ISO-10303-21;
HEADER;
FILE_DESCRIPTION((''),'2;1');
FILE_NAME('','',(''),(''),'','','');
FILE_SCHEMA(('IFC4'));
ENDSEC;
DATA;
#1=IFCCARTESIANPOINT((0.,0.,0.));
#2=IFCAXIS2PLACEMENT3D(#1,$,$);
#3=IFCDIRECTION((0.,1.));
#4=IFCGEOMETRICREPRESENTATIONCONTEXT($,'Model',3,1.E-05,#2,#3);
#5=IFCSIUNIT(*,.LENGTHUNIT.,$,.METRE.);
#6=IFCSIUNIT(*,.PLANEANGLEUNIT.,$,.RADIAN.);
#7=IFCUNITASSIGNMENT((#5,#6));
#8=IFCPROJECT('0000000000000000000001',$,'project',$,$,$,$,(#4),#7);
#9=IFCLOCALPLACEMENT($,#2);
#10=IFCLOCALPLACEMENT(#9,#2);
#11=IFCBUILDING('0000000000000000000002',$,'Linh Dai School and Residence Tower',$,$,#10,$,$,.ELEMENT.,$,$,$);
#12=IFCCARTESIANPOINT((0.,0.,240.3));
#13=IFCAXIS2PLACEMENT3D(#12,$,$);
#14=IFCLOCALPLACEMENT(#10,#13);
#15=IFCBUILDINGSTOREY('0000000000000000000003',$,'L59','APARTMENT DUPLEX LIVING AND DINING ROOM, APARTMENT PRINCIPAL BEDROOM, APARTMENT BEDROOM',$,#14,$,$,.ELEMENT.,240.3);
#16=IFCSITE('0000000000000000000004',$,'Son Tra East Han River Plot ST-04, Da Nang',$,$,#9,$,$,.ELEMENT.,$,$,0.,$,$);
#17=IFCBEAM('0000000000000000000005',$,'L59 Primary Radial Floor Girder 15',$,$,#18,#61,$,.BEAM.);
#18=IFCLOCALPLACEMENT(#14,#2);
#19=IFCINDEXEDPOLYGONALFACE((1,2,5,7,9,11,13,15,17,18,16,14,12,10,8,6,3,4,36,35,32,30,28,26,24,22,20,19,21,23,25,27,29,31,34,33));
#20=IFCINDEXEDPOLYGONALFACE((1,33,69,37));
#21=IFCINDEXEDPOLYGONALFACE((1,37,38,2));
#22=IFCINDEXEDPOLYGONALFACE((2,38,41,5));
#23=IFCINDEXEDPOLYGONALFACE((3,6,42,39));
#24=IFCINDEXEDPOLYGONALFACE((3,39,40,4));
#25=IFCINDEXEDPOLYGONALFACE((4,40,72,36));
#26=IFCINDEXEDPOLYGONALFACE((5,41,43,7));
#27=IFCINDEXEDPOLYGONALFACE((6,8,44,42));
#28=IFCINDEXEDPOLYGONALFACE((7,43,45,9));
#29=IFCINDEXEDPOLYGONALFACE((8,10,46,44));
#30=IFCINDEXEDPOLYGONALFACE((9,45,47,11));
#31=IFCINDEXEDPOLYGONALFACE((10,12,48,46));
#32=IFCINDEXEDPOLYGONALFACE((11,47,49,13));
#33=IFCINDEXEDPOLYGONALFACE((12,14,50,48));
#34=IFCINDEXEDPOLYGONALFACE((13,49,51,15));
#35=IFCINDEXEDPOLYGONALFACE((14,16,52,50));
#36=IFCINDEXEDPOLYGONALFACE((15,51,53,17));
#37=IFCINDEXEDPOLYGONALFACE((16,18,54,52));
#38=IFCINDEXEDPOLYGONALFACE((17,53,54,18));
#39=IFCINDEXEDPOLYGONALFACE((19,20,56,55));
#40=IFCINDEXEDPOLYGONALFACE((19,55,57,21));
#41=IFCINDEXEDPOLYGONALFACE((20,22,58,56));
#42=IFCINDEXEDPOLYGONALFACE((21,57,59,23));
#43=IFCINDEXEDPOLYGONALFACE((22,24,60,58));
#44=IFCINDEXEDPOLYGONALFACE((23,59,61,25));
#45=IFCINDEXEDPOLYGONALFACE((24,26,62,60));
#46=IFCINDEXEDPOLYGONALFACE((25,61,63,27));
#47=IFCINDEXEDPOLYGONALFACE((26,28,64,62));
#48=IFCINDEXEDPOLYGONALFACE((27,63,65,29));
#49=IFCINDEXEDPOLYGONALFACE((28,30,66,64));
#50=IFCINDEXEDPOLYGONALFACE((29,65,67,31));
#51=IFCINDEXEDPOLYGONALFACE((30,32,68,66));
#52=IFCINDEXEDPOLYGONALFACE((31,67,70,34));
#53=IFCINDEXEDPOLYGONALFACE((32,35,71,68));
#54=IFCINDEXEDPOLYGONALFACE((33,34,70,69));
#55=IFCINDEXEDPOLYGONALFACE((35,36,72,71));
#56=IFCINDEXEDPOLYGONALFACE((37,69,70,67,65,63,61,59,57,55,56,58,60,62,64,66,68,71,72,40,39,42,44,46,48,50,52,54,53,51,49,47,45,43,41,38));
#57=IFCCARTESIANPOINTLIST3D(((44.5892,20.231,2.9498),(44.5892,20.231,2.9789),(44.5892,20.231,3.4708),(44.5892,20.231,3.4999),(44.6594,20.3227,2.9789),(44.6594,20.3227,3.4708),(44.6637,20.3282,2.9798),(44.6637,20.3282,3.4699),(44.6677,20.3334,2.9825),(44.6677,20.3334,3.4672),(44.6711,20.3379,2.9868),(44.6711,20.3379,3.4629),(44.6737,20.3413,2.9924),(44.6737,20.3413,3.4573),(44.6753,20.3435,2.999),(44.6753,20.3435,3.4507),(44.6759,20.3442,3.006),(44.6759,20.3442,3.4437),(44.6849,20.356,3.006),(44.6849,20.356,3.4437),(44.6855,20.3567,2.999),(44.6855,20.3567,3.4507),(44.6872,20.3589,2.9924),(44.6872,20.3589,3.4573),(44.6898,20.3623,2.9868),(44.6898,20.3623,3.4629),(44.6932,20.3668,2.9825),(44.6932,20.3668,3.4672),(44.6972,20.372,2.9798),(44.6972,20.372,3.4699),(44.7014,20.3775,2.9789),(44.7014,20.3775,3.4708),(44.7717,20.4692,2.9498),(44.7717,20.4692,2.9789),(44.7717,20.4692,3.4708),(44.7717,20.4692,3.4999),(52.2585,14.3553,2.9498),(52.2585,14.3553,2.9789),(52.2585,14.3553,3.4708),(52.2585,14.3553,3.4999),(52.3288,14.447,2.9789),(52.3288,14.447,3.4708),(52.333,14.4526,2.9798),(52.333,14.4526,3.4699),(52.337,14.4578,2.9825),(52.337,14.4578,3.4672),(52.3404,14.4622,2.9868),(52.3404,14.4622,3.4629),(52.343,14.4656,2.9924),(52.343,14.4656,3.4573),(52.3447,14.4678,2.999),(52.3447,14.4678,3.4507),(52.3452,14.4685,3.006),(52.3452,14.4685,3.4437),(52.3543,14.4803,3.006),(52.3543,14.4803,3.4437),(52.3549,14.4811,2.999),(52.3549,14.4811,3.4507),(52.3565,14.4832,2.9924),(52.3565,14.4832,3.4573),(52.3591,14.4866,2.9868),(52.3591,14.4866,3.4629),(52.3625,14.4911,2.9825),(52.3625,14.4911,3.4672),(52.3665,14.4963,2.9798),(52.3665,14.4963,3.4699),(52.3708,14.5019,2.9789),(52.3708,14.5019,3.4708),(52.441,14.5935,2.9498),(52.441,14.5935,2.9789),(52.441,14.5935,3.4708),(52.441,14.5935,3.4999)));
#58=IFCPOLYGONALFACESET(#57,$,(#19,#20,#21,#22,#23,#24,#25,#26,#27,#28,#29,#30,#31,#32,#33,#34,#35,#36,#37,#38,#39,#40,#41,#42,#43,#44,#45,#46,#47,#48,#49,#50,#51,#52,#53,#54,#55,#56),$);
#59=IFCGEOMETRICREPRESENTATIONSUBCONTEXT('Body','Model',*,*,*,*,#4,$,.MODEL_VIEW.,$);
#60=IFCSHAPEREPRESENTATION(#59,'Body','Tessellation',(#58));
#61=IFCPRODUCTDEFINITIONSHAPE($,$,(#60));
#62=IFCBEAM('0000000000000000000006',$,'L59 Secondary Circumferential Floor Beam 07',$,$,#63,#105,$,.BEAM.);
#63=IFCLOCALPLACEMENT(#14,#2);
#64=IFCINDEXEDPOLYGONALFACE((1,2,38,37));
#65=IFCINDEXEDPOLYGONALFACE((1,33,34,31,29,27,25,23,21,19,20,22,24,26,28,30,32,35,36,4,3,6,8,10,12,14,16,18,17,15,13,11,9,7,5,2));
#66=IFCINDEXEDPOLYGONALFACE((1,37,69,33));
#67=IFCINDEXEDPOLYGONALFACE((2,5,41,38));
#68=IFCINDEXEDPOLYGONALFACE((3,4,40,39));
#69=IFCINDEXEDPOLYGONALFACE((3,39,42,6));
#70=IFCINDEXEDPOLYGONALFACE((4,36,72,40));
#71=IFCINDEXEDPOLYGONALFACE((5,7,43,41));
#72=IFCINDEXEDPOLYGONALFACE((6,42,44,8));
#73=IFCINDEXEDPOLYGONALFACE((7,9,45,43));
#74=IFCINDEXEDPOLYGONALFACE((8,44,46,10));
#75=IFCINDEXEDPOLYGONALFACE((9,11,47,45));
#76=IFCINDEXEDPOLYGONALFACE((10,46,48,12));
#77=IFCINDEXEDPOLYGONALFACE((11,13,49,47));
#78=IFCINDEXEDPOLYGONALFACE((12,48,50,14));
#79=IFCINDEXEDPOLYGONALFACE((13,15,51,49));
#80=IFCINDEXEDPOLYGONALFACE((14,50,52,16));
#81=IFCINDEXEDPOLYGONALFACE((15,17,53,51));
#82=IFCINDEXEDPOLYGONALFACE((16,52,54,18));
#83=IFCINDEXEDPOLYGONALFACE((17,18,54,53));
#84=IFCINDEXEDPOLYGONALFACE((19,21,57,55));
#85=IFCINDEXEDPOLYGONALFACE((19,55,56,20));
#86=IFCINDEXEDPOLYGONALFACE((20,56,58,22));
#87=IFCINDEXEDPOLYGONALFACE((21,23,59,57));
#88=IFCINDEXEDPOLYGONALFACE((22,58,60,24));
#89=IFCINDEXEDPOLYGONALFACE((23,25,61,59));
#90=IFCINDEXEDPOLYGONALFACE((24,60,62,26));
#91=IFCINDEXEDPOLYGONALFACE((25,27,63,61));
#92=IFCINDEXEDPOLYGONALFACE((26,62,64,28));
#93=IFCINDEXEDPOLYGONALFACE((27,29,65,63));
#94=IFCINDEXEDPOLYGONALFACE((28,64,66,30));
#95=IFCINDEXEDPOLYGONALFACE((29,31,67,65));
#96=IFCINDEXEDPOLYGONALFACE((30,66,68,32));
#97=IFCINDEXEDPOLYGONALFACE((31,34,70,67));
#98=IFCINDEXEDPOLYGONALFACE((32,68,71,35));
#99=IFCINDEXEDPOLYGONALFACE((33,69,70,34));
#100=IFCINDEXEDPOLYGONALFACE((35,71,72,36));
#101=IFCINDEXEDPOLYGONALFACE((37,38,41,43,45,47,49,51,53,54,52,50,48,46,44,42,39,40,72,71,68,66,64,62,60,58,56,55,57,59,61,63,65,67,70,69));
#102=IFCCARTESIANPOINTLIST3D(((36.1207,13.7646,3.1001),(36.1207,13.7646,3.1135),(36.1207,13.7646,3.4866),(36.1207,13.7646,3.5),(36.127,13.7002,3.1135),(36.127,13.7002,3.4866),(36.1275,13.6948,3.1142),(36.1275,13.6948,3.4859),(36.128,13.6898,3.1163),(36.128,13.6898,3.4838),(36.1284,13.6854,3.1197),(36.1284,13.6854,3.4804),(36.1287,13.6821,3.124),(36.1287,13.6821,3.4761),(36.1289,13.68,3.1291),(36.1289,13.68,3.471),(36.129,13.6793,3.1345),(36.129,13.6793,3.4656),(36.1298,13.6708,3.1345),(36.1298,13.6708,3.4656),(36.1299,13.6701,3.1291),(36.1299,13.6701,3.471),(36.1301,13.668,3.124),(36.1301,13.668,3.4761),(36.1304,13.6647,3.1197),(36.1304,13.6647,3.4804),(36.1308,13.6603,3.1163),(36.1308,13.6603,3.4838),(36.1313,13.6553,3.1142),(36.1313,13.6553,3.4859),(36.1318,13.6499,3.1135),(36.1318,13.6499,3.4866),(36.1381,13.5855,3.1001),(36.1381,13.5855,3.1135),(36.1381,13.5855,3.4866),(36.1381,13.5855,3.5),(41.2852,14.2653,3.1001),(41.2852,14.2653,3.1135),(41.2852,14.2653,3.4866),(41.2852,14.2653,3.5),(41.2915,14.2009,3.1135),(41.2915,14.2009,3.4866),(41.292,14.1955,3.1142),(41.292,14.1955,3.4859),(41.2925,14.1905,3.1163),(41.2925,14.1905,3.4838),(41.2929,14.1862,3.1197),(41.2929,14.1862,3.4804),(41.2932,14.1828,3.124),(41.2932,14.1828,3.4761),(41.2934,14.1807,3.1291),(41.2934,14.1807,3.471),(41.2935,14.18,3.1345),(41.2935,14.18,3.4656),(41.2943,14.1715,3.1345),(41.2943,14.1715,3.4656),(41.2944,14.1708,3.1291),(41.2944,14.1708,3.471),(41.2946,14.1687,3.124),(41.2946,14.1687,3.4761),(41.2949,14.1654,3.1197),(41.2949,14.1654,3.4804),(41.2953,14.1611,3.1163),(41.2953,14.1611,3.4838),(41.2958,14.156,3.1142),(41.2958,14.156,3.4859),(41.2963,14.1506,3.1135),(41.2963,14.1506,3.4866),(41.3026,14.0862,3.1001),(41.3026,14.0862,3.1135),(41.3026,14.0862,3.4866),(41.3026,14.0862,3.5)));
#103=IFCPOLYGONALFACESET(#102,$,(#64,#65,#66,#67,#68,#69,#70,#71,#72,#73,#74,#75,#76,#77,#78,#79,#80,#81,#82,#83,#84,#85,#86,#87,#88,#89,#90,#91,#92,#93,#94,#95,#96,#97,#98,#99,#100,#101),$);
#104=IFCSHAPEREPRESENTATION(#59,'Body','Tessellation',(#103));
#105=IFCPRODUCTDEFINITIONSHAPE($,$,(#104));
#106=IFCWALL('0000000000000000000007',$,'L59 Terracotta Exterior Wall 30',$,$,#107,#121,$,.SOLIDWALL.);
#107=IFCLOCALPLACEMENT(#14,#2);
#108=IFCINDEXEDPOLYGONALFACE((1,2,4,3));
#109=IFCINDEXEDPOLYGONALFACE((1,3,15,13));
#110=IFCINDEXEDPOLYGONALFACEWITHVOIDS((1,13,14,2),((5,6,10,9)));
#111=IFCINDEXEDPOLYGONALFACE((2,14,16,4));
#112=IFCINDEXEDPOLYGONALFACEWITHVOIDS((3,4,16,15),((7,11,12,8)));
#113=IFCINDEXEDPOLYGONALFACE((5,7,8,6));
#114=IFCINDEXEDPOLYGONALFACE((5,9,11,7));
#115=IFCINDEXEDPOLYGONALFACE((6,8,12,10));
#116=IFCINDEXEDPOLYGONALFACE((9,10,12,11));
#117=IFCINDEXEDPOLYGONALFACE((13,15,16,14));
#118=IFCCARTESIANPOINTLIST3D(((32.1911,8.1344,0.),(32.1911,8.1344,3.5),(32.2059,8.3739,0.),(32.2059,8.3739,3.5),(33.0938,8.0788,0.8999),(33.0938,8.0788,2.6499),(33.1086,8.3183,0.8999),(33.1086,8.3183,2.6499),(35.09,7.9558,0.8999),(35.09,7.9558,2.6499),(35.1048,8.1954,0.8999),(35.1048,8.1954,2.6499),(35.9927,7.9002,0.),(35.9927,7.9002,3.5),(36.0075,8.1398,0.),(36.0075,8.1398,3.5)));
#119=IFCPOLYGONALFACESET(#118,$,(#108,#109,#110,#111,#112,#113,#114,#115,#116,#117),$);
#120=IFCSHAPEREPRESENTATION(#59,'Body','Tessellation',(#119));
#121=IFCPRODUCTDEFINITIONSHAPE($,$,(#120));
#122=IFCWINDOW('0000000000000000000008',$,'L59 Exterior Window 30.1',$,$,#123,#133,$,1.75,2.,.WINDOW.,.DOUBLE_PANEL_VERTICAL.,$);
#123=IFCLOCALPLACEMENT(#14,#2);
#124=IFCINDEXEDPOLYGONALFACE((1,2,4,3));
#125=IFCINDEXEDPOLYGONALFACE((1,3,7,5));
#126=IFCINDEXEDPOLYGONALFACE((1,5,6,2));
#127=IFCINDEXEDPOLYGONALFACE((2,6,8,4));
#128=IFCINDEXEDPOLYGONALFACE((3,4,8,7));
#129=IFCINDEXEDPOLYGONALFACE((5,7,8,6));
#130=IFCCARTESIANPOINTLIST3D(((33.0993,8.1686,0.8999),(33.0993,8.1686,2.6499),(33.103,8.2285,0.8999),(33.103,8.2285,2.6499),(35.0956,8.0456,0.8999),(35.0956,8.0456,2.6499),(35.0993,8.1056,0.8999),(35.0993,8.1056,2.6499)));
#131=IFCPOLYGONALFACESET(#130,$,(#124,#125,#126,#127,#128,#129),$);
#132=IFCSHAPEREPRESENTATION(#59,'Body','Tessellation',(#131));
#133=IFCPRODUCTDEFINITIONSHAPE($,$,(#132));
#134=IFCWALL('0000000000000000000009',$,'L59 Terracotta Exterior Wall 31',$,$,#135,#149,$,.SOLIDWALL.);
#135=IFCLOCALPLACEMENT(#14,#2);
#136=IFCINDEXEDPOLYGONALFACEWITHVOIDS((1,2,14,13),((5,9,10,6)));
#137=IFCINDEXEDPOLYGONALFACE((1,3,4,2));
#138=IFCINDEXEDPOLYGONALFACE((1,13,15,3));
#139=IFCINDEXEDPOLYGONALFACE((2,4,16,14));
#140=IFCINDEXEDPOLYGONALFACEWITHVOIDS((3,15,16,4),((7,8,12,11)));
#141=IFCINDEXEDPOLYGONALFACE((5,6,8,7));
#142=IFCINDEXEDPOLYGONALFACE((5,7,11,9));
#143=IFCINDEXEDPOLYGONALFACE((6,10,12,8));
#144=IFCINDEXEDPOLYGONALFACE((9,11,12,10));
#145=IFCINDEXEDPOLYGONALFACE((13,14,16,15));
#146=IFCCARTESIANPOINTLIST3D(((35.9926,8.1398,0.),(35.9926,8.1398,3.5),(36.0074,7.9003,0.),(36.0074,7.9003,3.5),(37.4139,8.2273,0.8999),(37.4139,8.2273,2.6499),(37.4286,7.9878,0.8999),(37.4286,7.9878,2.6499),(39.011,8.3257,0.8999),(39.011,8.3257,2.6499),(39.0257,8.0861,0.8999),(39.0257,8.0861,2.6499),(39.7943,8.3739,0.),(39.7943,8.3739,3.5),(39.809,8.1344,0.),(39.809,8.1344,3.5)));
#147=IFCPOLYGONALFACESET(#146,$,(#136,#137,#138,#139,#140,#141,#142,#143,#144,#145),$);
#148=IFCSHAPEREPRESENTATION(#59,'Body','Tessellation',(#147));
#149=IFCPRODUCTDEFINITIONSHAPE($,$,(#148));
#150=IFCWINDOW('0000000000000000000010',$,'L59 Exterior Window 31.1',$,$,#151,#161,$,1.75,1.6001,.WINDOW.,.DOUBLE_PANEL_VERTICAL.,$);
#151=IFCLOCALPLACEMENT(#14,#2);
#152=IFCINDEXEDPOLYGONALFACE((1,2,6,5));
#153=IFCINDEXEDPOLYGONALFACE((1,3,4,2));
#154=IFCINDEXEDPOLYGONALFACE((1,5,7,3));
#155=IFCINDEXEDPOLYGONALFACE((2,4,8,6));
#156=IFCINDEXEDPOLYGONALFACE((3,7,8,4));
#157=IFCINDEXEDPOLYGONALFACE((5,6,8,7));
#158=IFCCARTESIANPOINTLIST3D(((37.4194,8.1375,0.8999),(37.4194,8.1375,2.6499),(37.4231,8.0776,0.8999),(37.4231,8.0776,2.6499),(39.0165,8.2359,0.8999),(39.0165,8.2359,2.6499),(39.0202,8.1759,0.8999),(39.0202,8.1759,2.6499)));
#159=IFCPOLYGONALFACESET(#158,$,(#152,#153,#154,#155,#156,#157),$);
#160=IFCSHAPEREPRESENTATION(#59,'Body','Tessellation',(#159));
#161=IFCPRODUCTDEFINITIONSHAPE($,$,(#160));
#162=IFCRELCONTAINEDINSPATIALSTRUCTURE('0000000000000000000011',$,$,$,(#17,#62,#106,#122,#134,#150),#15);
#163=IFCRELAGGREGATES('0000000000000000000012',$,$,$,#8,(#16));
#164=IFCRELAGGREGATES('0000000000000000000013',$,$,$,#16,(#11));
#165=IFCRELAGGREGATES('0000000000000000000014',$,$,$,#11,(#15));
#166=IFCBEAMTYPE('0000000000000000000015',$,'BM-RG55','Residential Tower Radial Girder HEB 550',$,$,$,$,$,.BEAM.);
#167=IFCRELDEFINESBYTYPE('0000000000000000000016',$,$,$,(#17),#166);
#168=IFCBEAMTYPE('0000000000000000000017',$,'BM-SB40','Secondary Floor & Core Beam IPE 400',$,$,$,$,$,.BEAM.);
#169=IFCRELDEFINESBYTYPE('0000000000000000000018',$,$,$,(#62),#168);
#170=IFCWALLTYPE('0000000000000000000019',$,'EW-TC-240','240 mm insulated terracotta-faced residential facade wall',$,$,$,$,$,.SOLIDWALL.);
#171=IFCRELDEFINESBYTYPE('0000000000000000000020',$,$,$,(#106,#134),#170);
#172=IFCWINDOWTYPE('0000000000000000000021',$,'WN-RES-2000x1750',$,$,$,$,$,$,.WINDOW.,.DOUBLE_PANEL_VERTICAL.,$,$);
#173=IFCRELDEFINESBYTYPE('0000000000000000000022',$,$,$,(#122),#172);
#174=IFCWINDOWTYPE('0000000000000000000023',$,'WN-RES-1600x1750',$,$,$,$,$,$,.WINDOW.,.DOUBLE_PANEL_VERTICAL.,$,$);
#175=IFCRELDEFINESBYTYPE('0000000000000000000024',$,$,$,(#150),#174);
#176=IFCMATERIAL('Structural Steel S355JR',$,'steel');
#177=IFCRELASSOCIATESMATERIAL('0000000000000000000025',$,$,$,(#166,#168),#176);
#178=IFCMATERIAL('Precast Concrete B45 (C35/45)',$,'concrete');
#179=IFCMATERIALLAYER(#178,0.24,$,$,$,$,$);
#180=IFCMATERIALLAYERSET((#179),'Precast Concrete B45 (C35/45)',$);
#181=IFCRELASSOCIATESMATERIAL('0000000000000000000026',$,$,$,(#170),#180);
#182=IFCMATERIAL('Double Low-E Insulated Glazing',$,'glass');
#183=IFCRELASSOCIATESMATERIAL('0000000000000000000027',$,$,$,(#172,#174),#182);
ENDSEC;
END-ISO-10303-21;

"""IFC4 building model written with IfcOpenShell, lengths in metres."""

from ifc_helpers import new_model, si_unit, direction, frame, frame_2d, origin, origin_2d, place, context, subcontext, project, spatial, rectangle, i_section, extrude, source, transform, mapped, material, layer, layer_set, material_profile, profile_set, type_object, element, fill, save


model = new_model("IFC4")

# Units and contexts
model_context = context("Model", 3, precision=1e-05, world=origin(), true_north=direction((0.0, 1.0)))
body_context = subcontext(model_context, "Body", "Model", "MODEL_VIEW")
ifc_project = project(units=[si_unit("LENGTHUNIT", "METRE"), si_unit("PLANEANGLEUNIT", "RADIAN")], contexts=[model_context])

# Site, building, storey
site_placement = place(None, origin())
site = spatial("IfcSite", under=ifc_project, at=site_placement, Name="Son Tra East Han River Plot ST-04, Da Nang", CompositionType="ELEMENT", RefElevation=0.0)
building_placement = place(site_placement, origin())
building = spatial("IfcBuilding", under=site, at=building_placement, Name="Linh Dai School and Residence Tower", CompositionType="ELEMENT")
storey_placement = place(building_placement, frame((0.0, 0.0, 240.3)))
storey = spatial("IfcBuildingStorey", under=building, at=storey_placement, Name="L59", Description="APARTMENT DUPLEX LIVING AND DINING ROOM, APARTMENT PRINCIPAL BEDROOM, APARTMENT BEDROOM", CompositionType="ELEMENT", Elevation=240.3)

# Shared definitions
ifc_material_1 = material(Name="Structural Steel S355JR", Category="steel")

# Beams
ifc_material_profile_1 = material_profile(ifc_material_1, i_section(OverallWidth=0.3, OverallDepth=0.55, WebThickness=0.0149, FlangeThickness=0.0291, FilletRadius=0.0271, at=origin_2d()), Name="HEB 550")
ifc_profile_set_1 = profile_set([ifc_material_profile_1], Name="Structural Steel S355JR")
beam_type_1 = type_object("IfcBeamType", Name="BM-RG55", Description="Residential Tower Radial Girder HEB 550", PredefinedType="BEAM", material=ifc_profile_set_1)
beam_1_placement = place(storey_placement, frame((44.6804, 20.3501, 3.2249), z_axis=(0.793815, -0.60816, 0.0), x_axis=(0.60816, 0.793815, 0.0)))
element("IfcBeam", 1, at=beam_1_placement, inside=storey, type_object=beam_type_1, Name="L59 Primary Radial Floor Girder 15", PredefinedType="BEAM", context=body_context, shape_type="SweptSolid", body=[
    extrude(i_section(OverallWidth=0.3, OverallDepth=0.55, WebThickness=0.0149, FlangeThickness=0.0291, FilletRadius=0.0271, at=origin_2d()), origin(), (0.0, 0.0, 1.0), 9.6614),
])
ifc_material_profile_2 = material_profile(ifc_material_1, i_section(OverallWidth=0.1799, OverallDepth=0.3999, WebThickness=0.0085, FlangeThickness=0.0134, FilletRadius=0.021, at=origin_2d()), Name="IPE 400")
ifc_profile_set_2 = profile_set([ifc_material_profile_2], Name="Structural Steel S355JR")
beam_type_2 = type_object("IfcBeamType", Name="BM-SB40", Description="Secondary Floor & Core Beam IPE 400", PredefinedType="BEAM", material=ifc_profile_set_2)
beam_2_placement = place(storey_placement, frame((36.1294, 13.675, 3.3), z_axis=(0.995333, 0.096503, 0.0), x_axis=(-0.096503, 0.995333, 0.0)))
element("IfcBeam", 2, at=beam_2_placement, inside=storey, type_object=beam_type_2, Name="L59 Secondary Circumferential Floor Beam 07", PredefinedType="BEAM", context=body_context, shape_type="SweptSolid", body=[
    extrude(i_section(OverallWidth=0.1799, OverallDepth=0.3999, WebThickness=0.0085, FlangeThickness=0.0134, FilletRadius=0.021, at=origin_2d()), origin(), (0.0, 0.0, 1.0), 5.1887),
])

# Walls, openings, windows
ifc_material_2 = material(Name="Precast Concrete B45 (C35/45)", Category="concrete")
ifc_layer_1 = layer(ifc_material_2, 0.24)
ifc_layer_set_1 = layer_set([ifc_layer_1], Name="Precast Concrete B45 (C35/45)")
wall_type_1 = type_object("IfcWallType", Name="EW-TC-240", Description="240 mm insulated terracotta-faced residential facade wall", PredefinedType="SOLIDWALL", material=ifc_layer_set_1)
wall_1_placement = place(storey_placement, frame((36.0, 8.02, 0.0), z_axis=(0.0, 0.0, 1.0), x_axis=(-0.998109, 0.061472, 0.0)))
wall_1 = element("IfcWall", 3, at=wall_1_placement, inside=storey, type_object=wall_type_1, Name="L59 Terracotta Exterior Wall 30", PredefinedType="SOLIDWALL", context=body_context, shape_type="SweptSolid", body=[
    extrude(rectangle(XDim=3.8088, YDim=0.24, at=frame_2d((1.9043, 0.0))), origin(), (0.0, 0.0, 1.0), 3.5),
])
opening_1_placement = place(wall_1_placement, frame((0.9043, 0.0, 0.8999)))
opening_1 = element("IfcOpeningElement", 4, at=opening_1_placement, cuts=wall_1, PredefinedType="OPENING", context=body_context, shape_type="SweptSolid", body=[
    extrude(rectangle(XDim=2.0, YDim=1.75, at=origin_2d()), frame((1.0, 0.1299, 0.875), z_axis=(0.0, -1.0, 0.0), x_axis=(1.0, 0.0, 0.0)), (0.0, 0.0, 1.0), 0.26),
])
ifc_material_3 = material(Name="Double Low-E Insulated Glazing", Category="glass")
window_type_1 = type_object("IfcWindowType", Name="WN-RES-2000x1750", PartitioningType="DOUBLE_PANEL_VERTICAL", PredefinedType="WINDOW", material=ifc_material_3)
shared_shape_1 = source(origin(), body_context, "Body", "SweptSolid", [
    extrude(rectangle(XDim=2.0, YDim=1.75, at=origin_2d()), frame((1.0, 0.03, 0.875), z_axis=(0.0, -1.0, 0.0), x_axis=(1.0, 0.0, 0.0)), (0.0, 0.0, 1.0), 0.0601),
])
window_1_placement = place(opening_1_placement, origin())
window_1 = element("IfcWindow", 5, at=window_1_placement, inside=storey, type_object=window_type_1, Name="L59 Exterior Window 30.1", OverallHeight=1.75, OverallWidth=2.0, PartitioningType="DOUBLE_PANEL_VERTICAL", PredefinedType="WINDOW", context=body_context, shape_type="MappedRepresentation", body=[
    mapped(shared_shape_1, transform((0.0, 0.0, 0.0), x_axis=(1.0, 0.0, 0.0), y_axis=(0.0, 1.0, 0.0), z_axis=(0.0, 0.0, 1.0), scale=1.0)),
])
fill(opening_1, window_1)
wall_2_placement = place(storey_placement, frame((39.8015, 8.2542, 0.0), z_axis=(0.0, 0.0, 1.0), x_axis=(-0.998109, -0.061472, 0.0)))
wall_2 = element("IfcWall", 6, at=wall_2_placement, inside=storey, type_object=wall_type_1, Name="L59 Terracotta Exterior Wall 31", PredefinedType="SOLIDWALL", context=body_context, shape_type="SweptSolid", body=[
    extrude(rectangle(XDim=3.8088, YDim=0.24, at=frame_2d((1.9043, 0.0))), origin(), (0.0, 0.0, 1.0), 3.5),
])
opening_2_placement = place(wall_2_placement, frame((0.7847, 0.0, 0.8999)))
opening_2 = element("IfcOpeningElement", 7, at=opening_2_placement, cuts=wall_2, PredefinedType="OPENING", context=body_context, shape_type="SweptSolid", body=[
    extrude(rectangle(XDim=1.6001, YDim=1.75, at=origin_2d()), frame((0.8, 0.1299, 0.875), z_axis=(0.0, -1.0, 0.0), x_axis=(1.0, 0.0, 0.0)), (0.0, 0.0, 1.0), 0.26),
])
window_type_2 = type_object("IfcWindowType", Name="WN-RES-1600x1750", PartitioningType="DOUBLE_PANEL_VERTICAL", PredefinedType="WINDOW", material=ifc_material_3)
shared_shape_2 = source(origin(), body_context, "Body", "SweptSolid", [
    extrude(rectangle(XDim=1.6001, YDim=1.75, at=origin_2d()), frame((0.8, 0.03, 0.875), z_axis=(0.0, -1.0, 0.0), x_axis=(1.0, 0.0, 0.0)), (0.0, 0.0, 1.0), 0.0601),
])
window_2_placement = place(opening_2_placement, origin())
window_2 = element("IfcWindow", 8, at=window_2_placement, inside=storey, type_object=window_type_2, Name="L59 Exterior Window 31.1", OverallHeight=1.75, OverallWidth=1.6001, PartitioningType="DOUBLE_PANEL_VERTICAL", PredefinedType="WINDOW", context=body_context, shape_type="MappedRepresentation", body=[
    mapped(shared_shape_2, transform((0.0, 0.0, 0.0), x_axis=(1.0, 0.0, 0.0), y_axis=(0.0, 1.0, 0.0), z_axis=(0.0, 0.0, 1.0), scale=1.0)),
])
fill(opening_2, window_2)

save(model, "model.ifc")
